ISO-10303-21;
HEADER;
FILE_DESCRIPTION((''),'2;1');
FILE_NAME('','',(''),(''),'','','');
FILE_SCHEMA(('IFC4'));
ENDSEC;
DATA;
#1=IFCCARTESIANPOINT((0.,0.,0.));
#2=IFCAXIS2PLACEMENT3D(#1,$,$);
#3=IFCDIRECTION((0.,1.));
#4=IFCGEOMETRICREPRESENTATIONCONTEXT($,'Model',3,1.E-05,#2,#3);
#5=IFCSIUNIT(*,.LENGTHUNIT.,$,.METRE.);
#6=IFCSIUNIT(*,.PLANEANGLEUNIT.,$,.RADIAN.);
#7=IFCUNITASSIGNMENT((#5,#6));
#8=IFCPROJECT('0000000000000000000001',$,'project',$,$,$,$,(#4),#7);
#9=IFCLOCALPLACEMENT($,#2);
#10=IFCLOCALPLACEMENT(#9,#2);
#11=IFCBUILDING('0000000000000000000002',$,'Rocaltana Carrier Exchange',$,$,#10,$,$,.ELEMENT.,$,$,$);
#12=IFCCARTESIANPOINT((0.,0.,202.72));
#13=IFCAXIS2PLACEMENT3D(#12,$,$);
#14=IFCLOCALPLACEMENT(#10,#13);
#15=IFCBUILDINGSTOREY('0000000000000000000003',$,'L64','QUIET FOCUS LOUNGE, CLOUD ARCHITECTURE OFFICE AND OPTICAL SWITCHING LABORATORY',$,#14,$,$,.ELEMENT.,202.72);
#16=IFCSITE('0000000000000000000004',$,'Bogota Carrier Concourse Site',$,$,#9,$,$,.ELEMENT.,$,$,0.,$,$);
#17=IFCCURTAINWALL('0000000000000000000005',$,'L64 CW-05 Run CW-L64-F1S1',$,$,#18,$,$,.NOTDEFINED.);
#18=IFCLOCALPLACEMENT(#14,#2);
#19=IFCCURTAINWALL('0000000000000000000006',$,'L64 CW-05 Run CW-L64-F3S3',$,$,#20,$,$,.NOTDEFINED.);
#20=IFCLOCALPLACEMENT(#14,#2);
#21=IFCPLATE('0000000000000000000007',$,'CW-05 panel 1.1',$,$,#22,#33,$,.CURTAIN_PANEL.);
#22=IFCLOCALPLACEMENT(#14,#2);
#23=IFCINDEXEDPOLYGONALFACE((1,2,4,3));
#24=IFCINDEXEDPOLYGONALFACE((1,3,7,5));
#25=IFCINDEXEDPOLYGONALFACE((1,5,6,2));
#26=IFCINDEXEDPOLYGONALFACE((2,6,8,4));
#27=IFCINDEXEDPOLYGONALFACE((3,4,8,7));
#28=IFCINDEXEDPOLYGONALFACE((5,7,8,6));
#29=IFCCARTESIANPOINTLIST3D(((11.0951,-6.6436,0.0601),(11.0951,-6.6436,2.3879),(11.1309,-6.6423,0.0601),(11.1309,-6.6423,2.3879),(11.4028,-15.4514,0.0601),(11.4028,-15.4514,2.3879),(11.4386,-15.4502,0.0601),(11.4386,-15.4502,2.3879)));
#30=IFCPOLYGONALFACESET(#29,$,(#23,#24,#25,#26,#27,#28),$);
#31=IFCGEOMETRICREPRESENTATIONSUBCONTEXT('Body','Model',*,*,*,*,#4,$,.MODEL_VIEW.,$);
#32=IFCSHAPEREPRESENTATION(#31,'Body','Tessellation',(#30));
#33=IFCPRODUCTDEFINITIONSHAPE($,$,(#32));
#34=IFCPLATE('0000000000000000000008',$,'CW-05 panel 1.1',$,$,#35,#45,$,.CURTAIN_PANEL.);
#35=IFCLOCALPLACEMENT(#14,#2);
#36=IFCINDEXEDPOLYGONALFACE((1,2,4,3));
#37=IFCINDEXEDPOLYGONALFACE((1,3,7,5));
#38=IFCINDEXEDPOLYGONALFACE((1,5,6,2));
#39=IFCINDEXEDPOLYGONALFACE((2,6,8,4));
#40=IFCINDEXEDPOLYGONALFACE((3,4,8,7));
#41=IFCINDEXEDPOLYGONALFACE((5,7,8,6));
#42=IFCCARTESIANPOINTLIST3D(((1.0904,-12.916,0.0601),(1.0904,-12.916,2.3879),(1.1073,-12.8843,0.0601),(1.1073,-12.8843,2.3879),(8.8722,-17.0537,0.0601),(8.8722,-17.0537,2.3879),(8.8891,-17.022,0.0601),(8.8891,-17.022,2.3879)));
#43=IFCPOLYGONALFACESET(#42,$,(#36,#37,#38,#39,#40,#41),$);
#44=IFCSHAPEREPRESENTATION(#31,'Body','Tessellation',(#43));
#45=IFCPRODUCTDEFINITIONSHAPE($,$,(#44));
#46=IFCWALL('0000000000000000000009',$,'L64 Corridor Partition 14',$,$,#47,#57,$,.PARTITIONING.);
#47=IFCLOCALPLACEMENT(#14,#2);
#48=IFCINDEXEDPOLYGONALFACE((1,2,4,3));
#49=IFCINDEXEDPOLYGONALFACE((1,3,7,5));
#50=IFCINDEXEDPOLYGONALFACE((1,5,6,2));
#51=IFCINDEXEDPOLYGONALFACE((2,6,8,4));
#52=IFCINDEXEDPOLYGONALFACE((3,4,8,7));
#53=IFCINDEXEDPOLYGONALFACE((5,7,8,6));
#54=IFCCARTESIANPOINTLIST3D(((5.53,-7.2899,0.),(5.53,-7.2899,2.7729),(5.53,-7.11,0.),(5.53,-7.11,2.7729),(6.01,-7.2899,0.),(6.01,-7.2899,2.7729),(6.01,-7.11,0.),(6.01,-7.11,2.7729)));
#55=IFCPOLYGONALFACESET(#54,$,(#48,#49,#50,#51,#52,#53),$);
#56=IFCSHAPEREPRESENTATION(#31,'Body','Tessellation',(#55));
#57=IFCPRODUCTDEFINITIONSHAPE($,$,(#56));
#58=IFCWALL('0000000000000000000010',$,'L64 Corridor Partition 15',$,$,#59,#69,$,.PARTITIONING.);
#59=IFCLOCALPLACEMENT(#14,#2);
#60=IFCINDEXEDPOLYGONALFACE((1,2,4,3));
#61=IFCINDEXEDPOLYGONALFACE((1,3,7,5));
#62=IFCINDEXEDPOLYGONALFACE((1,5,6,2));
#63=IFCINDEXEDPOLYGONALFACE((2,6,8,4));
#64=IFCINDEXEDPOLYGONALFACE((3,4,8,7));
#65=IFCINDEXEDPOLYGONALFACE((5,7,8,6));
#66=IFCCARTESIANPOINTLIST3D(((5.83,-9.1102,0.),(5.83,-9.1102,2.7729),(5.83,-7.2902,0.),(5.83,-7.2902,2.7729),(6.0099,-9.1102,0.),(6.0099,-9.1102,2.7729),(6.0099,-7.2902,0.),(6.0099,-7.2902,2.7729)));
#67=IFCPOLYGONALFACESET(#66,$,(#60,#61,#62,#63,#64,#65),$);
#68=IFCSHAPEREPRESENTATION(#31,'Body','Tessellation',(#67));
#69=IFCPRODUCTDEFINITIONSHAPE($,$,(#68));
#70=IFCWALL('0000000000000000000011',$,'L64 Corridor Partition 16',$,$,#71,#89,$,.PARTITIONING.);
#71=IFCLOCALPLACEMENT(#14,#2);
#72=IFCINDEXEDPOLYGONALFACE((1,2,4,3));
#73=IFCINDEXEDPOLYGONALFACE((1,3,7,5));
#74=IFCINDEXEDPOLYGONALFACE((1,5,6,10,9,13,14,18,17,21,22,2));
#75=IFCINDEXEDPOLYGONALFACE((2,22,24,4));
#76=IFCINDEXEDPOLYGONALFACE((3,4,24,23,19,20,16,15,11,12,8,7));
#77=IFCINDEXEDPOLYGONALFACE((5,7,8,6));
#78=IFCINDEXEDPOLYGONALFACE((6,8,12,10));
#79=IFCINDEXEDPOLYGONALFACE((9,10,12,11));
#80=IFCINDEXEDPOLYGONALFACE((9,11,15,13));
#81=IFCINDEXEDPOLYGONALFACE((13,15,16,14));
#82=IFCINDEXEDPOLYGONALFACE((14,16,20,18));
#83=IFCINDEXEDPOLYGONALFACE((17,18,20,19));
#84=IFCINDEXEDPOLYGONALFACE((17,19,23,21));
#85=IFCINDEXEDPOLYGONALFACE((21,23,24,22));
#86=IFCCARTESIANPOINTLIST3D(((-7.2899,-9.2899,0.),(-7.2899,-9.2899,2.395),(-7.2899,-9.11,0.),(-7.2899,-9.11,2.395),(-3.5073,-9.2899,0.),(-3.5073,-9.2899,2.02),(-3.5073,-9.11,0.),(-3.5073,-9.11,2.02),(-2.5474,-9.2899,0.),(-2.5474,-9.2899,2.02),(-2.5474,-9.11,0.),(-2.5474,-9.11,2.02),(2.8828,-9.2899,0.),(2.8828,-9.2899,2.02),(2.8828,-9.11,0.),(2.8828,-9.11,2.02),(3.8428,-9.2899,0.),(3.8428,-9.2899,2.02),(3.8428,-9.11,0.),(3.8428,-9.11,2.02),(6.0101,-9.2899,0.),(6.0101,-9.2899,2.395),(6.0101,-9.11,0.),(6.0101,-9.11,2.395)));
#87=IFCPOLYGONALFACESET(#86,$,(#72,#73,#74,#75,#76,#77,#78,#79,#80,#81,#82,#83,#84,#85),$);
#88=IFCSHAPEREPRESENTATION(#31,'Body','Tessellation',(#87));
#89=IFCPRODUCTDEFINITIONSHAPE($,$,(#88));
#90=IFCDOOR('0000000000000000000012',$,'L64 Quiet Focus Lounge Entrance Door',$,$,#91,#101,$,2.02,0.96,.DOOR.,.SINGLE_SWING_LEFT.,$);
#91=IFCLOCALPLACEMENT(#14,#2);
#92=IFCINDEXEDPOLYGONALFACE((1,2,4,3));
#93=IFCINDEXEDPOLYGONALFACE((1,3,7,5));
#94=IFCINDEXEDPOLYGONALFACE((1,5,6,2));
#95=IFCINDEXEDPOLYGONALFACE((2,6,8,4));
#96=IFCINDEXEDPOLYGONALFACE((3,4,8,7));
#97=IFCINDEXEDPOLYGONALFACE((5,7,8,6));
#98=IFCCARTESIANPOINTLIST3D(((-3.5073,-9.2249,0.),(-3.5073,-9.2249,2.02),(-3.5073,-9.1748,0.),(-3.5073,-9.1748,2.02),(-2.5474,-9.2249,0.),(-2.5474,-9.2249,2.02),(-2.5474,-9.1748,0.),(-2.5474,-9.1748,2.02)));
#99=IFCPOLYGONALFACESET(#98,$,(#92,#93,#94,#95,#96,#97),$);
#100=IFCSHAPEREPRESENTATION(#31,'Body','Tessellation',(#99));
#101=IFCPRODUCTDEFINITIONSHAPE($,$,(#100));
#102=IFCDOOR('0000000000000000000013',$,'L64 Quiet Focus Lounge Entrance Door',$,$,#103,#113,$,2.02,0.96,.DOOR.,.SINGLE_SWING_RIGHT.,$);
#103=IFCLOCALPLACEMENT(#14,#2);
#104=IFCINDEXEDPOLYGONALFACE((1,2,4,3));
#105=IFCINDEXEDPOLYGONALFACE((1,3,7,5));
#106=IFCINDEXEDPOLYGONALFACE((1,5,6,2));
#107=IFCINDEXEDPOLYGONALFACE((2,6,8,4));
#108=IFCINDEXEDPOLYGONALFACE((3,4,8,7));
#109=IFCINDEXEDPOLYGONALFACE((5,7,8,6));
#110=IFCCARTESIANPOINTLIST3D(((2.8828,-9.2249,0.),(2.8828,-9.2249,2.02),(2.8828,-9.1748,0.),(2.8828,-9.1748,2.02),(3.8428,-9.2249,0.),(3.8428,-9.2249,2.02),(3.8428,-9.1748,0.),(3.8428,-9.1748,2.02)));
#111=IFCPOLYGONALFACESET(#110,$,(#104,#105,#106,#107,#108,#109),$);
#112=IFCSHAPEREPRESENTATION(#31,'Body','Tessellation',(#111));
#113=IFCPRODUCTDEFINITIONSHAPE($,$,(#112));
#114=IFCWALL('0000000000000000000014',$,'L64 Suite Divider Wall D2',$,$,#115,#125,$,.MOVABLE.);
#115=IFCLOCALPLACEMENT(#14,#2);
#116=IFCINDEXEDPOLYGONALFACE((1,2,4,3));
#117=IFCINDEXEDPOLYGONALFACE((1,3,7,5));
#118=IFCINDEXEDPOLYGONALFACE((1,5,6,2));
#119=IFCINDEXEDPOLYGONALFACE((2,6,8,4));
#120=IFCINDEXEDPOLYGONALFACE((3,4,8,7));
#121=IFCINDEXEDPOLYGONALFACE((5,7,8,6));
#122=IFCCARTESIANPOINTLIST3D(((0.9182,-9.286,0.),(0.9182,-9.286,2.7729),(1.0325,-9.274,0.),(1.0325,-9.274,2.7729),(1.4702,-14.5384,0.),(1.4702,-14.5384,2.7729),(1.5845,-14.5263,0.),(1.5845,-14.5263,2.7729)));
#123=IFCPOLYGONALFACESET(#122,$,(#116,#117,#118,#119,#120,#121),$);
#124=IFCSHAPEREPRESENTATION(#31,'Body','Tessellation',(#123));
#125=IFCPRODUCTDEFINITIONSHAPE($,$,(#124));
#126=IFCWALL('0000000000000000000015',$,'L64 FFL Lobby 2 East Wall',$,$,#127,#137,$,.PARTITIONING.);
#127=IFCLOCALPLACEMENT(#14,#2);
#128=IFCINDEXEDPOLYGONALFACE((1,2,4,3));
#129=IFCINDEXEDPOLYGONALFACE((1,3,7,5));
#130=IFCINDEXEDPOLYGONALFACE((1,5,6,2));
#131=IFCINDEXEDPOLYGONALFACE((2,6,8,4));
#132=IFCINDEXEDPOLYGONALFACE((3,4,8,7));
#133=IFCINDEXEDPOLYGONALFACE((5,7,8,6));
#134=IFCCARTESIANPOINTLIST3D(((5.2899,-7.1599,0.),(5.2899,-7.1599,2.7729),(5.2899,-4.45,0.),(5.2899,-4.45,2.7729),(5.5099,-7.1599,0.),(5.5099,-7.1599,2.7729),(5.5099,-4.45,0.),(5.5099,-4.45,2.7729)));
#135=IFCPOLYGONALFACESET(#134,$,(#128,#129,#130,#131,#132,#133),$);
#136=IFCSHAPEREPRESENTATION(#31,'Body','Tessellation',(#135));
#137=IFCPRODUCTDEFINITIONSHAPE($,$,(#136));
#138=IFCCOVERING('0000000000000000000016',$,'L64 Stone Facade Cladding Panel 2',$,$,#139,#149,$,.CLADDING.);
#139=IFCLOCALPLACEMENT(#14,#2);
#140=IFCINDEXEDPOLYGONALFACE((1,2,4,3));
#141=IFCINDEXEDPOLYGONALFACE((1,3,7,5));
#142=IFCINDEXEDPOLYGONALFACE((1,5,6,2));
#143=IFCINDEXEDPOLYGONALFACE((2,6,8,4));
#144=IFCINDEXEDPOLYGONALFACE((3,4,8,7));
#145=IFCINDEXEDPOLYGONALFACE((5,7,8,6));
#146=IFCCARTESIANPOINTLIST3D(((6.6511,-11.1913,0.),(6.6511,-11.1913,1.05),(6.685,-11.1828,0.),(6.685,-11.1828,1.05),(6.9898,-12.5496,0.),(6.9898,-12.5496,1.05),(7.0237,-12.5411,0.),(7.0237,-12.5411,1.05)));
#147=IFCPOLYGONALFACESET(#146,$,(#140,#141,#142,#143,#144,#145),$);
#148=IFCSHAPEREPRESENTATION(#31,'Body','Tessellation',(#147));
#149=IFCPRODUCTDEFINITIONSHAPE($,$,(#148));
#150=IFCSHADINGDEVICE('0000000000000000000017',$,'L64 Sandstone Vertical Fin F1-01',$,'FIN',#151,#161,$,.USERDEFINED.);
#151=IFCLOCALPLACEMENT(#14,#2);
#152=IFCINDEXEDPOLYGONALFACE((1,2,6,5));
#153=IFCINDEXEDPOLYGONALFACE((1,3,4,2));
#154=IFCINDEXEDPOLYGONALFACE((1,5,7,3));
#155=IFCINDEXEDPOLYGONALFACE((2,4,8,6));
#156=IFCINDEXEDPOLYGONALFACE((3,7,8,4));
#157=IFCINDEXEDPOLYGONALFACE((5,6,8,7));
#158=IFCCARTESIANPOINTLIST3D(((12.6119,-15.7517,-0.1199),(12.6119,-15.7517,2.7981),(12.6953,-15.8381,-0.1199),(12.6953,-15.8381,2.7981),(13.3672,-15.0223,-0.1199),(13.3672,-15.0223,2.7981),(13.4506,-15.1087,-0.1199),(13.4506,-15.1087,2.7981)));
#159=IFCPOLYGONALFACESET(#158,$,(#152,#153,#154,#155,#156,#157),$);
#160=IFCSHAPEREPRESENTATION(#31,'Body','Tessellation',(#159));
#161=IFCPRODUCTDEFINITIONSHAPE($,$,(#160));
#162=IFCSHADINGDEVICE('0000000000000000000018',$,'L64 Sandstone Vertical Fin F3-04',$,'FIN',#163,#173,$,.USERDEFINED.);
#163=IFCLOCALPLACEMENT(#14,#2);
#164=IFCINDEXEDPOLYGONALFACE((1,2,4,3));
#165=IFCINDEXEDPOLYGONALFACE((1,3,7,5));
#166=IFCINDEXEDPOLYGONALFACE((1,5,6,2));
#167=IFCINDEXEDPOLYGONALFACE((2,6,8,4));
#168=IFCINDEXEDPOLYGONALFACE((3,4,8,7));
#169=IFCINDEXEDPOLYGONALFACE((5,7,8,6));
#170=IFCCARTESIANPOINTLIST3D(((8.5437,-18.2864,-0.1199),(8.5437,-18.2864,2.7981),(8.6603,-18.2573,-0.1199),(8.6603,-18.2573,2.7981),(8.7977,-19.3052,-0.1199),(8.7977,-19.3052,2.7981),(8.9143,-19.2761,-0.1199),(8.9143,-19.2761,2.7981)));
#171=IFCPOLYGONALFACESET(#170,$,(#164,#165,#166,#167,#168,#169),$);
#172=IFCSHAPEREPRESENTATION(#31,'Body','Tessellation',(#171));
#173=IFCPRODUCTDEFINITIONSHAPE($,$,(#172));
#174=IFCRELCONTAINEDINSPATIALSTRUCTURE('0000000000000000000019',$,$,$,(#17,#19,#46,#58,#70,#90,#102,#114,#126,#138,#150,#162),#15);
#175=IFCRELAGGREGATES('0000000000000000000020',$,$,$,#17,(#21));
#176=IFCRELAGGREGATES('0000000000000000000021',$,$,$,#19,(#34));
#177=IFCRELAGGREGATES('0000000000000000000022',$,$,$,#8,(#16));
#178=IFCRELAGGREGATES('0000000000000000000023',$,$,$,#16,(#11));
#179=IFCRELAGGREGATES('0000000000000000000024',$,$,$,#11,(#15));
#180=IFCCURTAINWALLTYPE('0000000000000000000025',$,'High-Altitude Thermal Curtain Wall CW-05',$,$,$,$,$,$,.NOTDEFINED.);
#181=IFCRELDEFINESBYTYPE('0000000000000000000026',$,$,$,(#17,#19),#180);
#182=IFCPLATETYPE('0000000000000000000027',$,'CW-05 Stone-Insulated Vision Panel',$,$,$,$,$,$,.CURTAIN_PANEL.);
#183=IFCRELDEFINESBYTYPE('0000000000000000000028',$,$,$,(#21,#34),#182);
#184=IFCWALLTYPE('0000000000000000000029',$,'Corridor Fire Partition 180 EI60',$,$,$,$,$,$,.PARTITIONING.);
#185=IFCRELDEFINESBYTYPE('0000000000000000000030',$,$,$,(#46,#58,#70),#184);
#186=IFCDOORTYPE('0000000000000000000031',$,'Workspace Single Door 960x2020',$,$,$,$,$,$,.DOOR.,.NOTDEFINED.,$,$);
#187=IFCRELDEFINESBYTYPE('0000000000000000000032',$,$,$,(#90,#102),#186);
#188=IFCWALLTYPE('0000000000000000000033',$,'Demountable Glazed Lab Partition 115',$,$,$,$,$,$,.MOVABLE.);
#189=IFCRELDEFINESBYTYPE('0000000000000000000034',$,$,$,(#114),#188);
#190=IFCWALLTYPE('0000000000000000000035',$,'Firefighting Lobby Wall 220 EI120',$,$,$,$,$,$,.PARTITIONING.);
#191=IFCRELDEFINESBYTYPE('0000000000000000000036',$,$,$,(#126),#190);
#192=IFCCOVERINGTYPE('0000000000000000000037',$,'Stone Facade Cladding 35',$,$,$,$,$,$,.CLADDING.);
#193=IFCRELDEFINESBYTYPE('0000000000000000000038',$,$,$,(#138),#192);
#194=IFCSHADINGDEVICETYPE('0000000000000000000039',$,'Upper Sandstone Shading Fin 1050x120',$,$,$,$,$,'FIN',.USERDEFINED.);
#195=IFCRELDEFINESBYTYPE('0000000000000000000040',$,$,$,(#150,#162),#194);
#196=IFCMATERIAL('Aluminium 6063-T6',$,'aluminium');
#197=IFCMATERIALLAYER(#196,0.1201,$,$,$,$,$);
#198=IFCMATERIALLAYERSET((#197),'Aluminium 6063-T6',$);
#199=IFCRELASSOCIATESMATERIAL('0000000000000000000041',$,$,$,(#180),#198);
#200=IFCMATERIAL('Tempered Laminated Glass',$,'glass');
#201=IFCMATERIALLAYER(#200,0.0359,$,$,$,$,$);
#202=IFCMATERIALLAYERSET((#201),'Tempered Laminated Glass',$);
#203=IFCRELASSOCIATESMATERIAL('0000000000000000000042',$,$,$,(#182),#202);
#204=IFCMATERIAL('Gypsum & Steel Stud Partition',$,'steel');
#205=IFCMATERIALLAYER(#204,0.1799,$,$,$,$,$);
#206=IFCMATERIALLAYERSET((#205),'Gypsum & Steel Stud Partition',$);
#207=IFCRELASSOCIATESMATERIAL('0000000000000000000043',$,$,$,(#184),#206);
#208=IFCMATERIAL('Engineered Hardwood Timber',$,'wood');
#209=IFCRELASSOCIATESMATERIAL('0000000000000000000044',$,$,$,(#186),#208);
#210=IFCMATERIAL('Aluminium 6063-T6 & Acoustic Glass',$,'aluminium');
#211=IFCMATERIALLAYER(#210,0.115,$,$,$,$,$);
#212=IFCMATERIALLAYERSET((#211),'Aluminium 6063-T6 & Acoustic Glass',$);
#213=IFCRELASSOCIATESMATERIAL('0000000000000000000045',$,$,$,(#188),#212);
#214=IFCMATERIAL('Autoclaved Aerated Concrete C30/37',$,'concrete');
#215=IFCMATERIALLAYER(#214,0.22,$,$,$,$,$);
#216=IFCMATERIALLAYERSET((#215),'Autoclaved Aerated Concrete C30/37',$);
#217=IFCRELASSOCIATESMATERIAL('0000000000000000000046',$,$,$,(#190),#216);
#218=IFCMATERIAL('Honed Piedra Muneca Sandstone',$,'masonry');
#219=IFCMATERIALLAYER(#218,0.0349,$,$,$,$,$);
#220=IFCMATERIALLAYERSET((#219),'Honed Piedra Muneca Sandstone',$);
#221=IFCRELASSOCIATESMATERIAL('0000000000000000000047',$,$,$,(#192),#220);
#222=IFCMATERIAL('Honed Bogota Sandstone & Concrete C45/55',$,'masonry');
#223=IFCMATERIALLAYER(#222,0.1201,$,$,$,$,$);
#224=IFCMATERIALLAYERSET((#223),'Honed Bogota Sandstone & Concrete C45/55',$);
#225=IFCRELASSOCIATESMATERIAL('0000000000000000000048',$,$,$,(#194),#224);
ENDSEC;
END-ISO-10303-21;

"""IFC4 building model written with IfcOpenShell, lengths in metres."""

from ifc_helpers import new_model, si_unit, direction, frame, frame_2d, origin, origin_2d, place, context, subcontext, project, spatial, rectangle, extrude, material, layer, layer_set, type_object, element, fill, aggregate, save


model = new_model("IFC4")

# Units and contexts
model_context = context("Model", 3, precision=1e-05, world=origin(), true_north=direction((0.0, 1.0)))
body_context = subcontext(model_context, "Body", "Model", "MODEL_VIEW")
ifc_project = project(units=[si_unit("LENGTHUNIT", "METRE"), si_unit("PLANEANGLEUNIT", "RADIAN")], contexts=[model_context])

# Site, building, storey
site_placement = place(None, origin())
site = spatial("IfcSite", under=ifc_project, at=site_placement, Name="Bogota Carrier Concourse Site", CompositionType="ELEMENT", RefElevation=0.0)
building_placement = place(site_placement, origin())
building = spatial("IfcBuilding", under=site, at=building_placement, Name="Rocaltana Carrier Exchange", CompositionType="ELEMENT")
storey_placement = place(building_placement, frame((0.0, 0.0, 202.72)))
storey = spatial("IfcBuildingStorey", under=building, at=storey_placement, Name="L64", Description="QUIET FOCUS LOUNGE, CLOUD ARCHITECTURE OFFICE AND OPTICAL SWITCHING LABORATORY", CompositionType="ELEMENT", Elevation=202.72)

# Curtain walls
ifc_material_1 = material(Name="Aluminium 6063-T6", Category="aluminium")
ifc_layer_1 = layer(ifc_material_1, 0.1201)
ifc_layer_set_1 = layer_set([ifc_layer_1], Name="Aluminium 6063-T6")
curtain_wall_type = type_object("IfcCurtainWallType", Name="High-Altitude Thermal Curtain Wall CW-05", PredefinedType="NOTDEFINED", material=ifc_layer_set_1)
curtain_wall_1_placement = place(storey_placement, origin())
curtain_wall_1 = element("IfcCurtainWall", 1, at=curtain_wall_1_placement, inside=storey, type_object=curtain_wall_type, Name="L64 CW-05 Run CW-L64-F1S1", PredefinedType="NOTDEFINED")
curtain_wall_2_placement = place(storey_placement, origin())
curtain_wall_2 = element("IfcCurtainWall", 2, at=curtain_wall_2_placement, inside=storey, type_object=curtain_wall_type, Name="L64 CW-05 Run CW-L64-F3S3", PredefinedType="NOTDEFINED")

# Plates
ifc_material_2 = material(Name="Tempered Laminated Glass", Category="glass")
ifc_layer_2 = layer(ifc_material_2, 0.0359)
ifc_layer_set_2 = layer_set([ifc_layer_2], Name="Tempered Laminated Glass")
plate_type = type_object("IfcPlateType", Name="CW-05 Stone-Insulated Vision Panel", PredefinedType="CURTAIN_PANEL", material=ifc_layer_set_2)
plate_1_placement = place(storey_placement, frame((11.2668, -11.0469, 0.0601), z_axis=(0.0, 0.0, 1.0), x_axis=(-0.034914, 0.99939, 0.0)))
plate_1 = element("IfcPlate", 3, at=plate_1_placement, type_object=plate_type, Name="CW-05 panel 1.1", PredefinedType="CURTAIN_PANEL", context=body_context, shape_type="SweptSolid", body=[
    extrude(rectangle(XDim=8.8132, YDim=0.0359, at=origin_2d()), origin(), (0.0, 0.0, 1.0), 2.3279),
])
aggregate(curtain_wall_1, [plate_1])
plate_2_placement = place(storey_placement, frame((4.9897, -14.969, 0.0601), z_axis=(0.0, 0.0, 1.0), x_axis=(0.882946, -0.469475, 0.0)))
plate_2 = element("IfcPlate", 4, at=plate_2_placement, type_object=plate_type, Name="CW-05 panel 1.1", PredefinedType="CURTAIN_PANEL", context=body_context, shape_type="SweptSolid", body=[
    extrude(rectangle(XDim=8.8135, YDim=0.0359, at=origin_2d()), origin(), (0.0, 0.0, 1.0), 2.3279),
])
aggregate(curtain_wall_2, [plate_2])

# Walls
ifc_material_3 = material(Name="Gypsum & Steel Stud Partition", Category="steel")
ifc_layer_3 = layer(ifc_material_3, 0.1799)
ifc_layer_set_3 = layer_set([ifc_layer_3], Name="Gypsum & Steel Stud Partition")
wall_type_1 = type_object("IfcWallType", Name="Corridor Fire Partition 180 EI60", PredefinedType="PARTITIONING", material=ifc_layer_set_3)
wall_1_placement = place(storey_placement, frame((5.53, -7.2, 0.0), z_axis=(0.0, 0.0, 1.0), x_axis=(1.0, 0.0, 0.0)))
element("IfcWall", 5, at=wall_1_placement, inside=storey, type_object=wall_type_1, Name="L64 Corridor Partition 14", PredefinedType="PARTITIONING", context=body_context, shape_type="SweptSolid", body=[
    extrude(rectangle(XDim=0.48, YDim=0.1799, at=frame_2d((0.24, 0.0))), origin(), (0.0, 0.0, 1.0), 2.7729),
])
wall_2_placement = place(storey_placement, frame((5.9199, -7.29, 0.0), z_axis=(0.0, 0.0, 1.0), x_axis=(0.0, -1.0, 0.0)))
element("IfcWall", 6, at=wall_2_placement, inside=storey, type_object=wall_type_1, Name="L64 Corridor Partition 15", PredefinedType="PARTITIONING", context=body_context, shape_type="SweptSolid", body=[
    extrude(rectangle(XDim=1.8201, YDim=0.1799, at=frame_2d((0.9102, 0.0))), origin(), (0.0, 0.0, 1.0), 2.7729),
])

# Wall, openings, doors
wall_3_placement = place(storey_placement, frame((6.01, -9.2, 0.0), z_axis=(0.0, 0.0, 1.0), x_axis=(-1.0, 0.0, 0.0)))
wall_3 = element("IfcWall", 7, at=wall_3_placement, inside=storey, type_object=wall_type_1, Name="L64 Corridor Partition 16", PredefinedType="PARTITIONING", context=body_context, shape_type="SweptSolid", body=[
    extrude(rectangle(XDim=13.3, YDim=0.1799, at=frame_2d((6.6499, 0.0))), origin(), (0.0, 0.0, 1.0), 2.395),
])
opening_1_placement = place(wall_3_placement, frame((8.5574, 0.0, 0.0)))
opening_1 = element("IfcOpeningElement", 8, at=opening_1_placement, cuts=wall_3, PredefinedType="OPENING", context=body_context, shape_type="SweptSolid", body=[
    extrude(rectangle(XDim=0.96, YDim=2.02, at=frame_2d((0.48, 1.01))), frame((0.0, 0.0999, 0.0), z_axis=(0.0, -1.0, 0.0), x_axis=(1.0, 0.0, 0.0)), (0.0, 0.0, 1.0), 0.2),
])
opening_2_placement = place(wall_3_placement, frame((2.1672, 0.0, 0.0)))
opening_2 = element("IfcOpeningElement", 9, at=opening_2_placement, cuts=wall_3, PredefinedType="OPENING", context=body_context, shape_type="SweptSolid", body=[
    extrude(rectangle(XDim=0.96, YDim=2.02, at=frame_2d((0.48, 1.01))), frame((0.0, 0.0999, 0.0), z_axis=(0.0, -1.0, 0.0), x_axis=(1.0, 0.0, 0.0)), (0.0, 0.0, 1.0), 0.2),
])
ifc_material_4 = material(Name="Engineered Hardwood Timber", Category="wood")
door_type = type_object("IfcDoorType", Name="Workspace Single Door 960x2020", OperationType="NOTDEFINED", PredefinedType="DOOR", material=ifc_material_4)
door_1_placement = place(opening_1_placement, origin())
door_1 = element("IfcDoor", 10, at=door_1_placement, inside=storey, type_object=door_type, Name="L64 Quiet Focus Lounge Entrance Door", OperationType="SINGLE_SWING_LEFT", OverallHeight=2.02, OverallWidth=0.96, PredefinedType="DOOR", context=body_context, shape_type="SweptSolid", body=[
    extrude(rectangle(XDim=0.96, YDim=2.02, at=frame_2d((0.48, 1.01))), frame((0.0, 0.0249, 0.0), z_axis=(0.0, -1.0, 0.0), x_axis=(1.0, 0.0, 0.0)), (0.0, 0.0, 1.0), 0.05),
])
fill(opening_1, door_1)
door_2_placement = place(opening_2_placement, origin())
door_2 = element("IfcDoor", 11, at=door_2_placement, inside=storey, type_object=door_type, Name="L64 Quiet Focus Lounge Entrance Door", OperationType="SINGLE_SWING_RIGHT", OverallHeight=2.02, OverallWidth=0.96, PredefinedType="DOOR", context=body_context, shape_type="SweptSolid", body=[
    extrude(rectangle(XDim=0.96, YDim=2.02, at=frame_2d((0.48, 1.01))), frame((0.0, 0.0249, 0.0), z_axis=(0.0, -1.0, 0.0), x_axis=(1.0, 0.0, 0.0)), (0.0, 0.0, 1.0), 0.05),
])
fill(opening_2, door_2)

# Walls
ifc_material_5 = material(Name="Aluminium 6063-T6 & Acoustic Glass", Category="aluminium")
ifc_layer_4 = layer(ifc_material_5, 0.115)
ifc_layer_set_4 = layer_set([ifc_layer_4], Name="Aluminium 6063-T6 & Acoustic Glass")
wall_type_2 = type_object("IfcWallType", Name="Demountable Glazed Lab Partition 115", PredefinedType="MOVABLE", material=ifc_layer_set_4)
wall_4_placement = place(storey_placement, frame((0.9753, -9.28, 0.0), z_axis=(0.0, 0.0, 1.0), x_axis=(0.104519, -0.994523, 0.0)))
element("IfcWall", 12, at=wall_4_placement, inside=storey, type_object=wall_type_2, Name="L64 Suite Divider Wall D2", PredefinedType="MOVABLE", context=body_context, shape_type="SweptSolid", body=[
    extrude(rectangle(XDim=5.2812, YDim=0.115, at=frame_2d((2.6406, 0.0))), origin(), (0.0, 0.0, 1.0), 2.7729),
])
ifc_material_6 = material(Name="Autoclaved Aerated Concrete C30/37", Category="concrete")
ifc_layer_5 = layer(ifc_material_6, 0.22)
ifc_layer_set_5 = layer_set([ifc_layer_5], Name="Autoclaved Aerated Concrete C30/37")
wall_type_3 = type_object("IfcWallType", Name="Firefighting Lobby Wall 220 EI120", PredefinedType="PARTITIONING", material=ifc_layer_set_5)
wall_5_placement = place(storey_placement, frame((5.3999, -7.1599, 0.0), z_axis=(0.0, 0.0, 1.0), x_axis=(0.0, 1.0, 0.0)))
element("IfcWall", 13, at=wall_5_placement, inside=storey, type_object=wall_type_3, Name="L64 FFL Lobby 2 East Wall", PredefinedType="PARTITIONING", context=body_context, shape_type="SweptSolid", body=[
    extrude(rectangle(XDim=2.71, YDim=0.22, at=frame_2d((1.355, 0.0))), origin(), (0.0, 0.0, 1.0), 2.7729),
])

# Covering
ifc_material_7 = material(Name="Honed Piedra Muneca Sandstone", Category="masonry")
ifc_layer_6 = layer(ifc_material_7, 0.0349)
ifc_layer_set_6 = layer_set([ifc_layer_6], Name="Honed Piedra Muneca Sandstone")
covering_type = type_object("IfcCoveringType", Name="Stone Facade Cladding 35", PredefinedType="CLADDING", material=ifc_layer_set_6)
covering_placement = place(storey_placement, frame((6.8374, -11.8662, 0.0), z_axis=(0.0, 0.0, 1.0), x_axis=(-0.241922, 0.970296, 0.0)))
element("IfcCovering", 14, at=covering_placement, inside=storey, type_object=covering_type, Name="L64 Stone Facade Cladding Panel 2", PredefinedType="CLADDING", context=body_context, shape_type="SweptSolid", body=[
    extrude(rectangle(XDim=1.3999, YDim=0.0349, at=origin_2d()), origin(), (0.0, 0.0, 1.0), 1.05),
])

# Shading devices
ifc_material_8 = material(Name="Honed Bogota Sandstone & Concrete C45/55", Category="masonry")
ifc_layer_7 = layer(ifc_material_8, 0.1201)
ifc_layer_set_7 = layer_set([ifc_layer_7], Name="Honed Bogota Sandstone & Concrete C45/55")
shading_device_type = type_object("IfcShadingDeviceType", Name="Upper Sandstone Shading Fin 1050x120", ElementType="FIN", PredefinedType="USERDEFINED", material=ifc_layer_set_7)
for number, where, z_axis, x_axis, name in (
    (15, (13.0312, -15.4302, -0.1199), (0.0, 0.0, 1.0), (0.71934, 0.694658, 0.0), "L64 Sandstone Vertical Fin F1-01"),
    (16, (8.729, -18.7812, -0.1199), (0.0, 0.0, 1.0), (0.241922, -0.970296, 0.0), "L64 Sandstone Vertical Fin F3-04"),
):
    element("IfcShadingDevice", number, at=place(storey_placement, frame(where, z_axis=z_axis, x_axis=x_axis)), inside=storey, type_object=shading_device_type, Name=name, ObjectType="FIN", PredefinedType="USERDEFINED", context=body_context, shape_type="SweptSolid", body=[
        extrude(rectangle(XDim=1.05, YDim=0.1201, at=origin_2d()), origin(), (0.0, 0.0, 1.0), 2.918),
    ])

save(model, "model.ifc")
